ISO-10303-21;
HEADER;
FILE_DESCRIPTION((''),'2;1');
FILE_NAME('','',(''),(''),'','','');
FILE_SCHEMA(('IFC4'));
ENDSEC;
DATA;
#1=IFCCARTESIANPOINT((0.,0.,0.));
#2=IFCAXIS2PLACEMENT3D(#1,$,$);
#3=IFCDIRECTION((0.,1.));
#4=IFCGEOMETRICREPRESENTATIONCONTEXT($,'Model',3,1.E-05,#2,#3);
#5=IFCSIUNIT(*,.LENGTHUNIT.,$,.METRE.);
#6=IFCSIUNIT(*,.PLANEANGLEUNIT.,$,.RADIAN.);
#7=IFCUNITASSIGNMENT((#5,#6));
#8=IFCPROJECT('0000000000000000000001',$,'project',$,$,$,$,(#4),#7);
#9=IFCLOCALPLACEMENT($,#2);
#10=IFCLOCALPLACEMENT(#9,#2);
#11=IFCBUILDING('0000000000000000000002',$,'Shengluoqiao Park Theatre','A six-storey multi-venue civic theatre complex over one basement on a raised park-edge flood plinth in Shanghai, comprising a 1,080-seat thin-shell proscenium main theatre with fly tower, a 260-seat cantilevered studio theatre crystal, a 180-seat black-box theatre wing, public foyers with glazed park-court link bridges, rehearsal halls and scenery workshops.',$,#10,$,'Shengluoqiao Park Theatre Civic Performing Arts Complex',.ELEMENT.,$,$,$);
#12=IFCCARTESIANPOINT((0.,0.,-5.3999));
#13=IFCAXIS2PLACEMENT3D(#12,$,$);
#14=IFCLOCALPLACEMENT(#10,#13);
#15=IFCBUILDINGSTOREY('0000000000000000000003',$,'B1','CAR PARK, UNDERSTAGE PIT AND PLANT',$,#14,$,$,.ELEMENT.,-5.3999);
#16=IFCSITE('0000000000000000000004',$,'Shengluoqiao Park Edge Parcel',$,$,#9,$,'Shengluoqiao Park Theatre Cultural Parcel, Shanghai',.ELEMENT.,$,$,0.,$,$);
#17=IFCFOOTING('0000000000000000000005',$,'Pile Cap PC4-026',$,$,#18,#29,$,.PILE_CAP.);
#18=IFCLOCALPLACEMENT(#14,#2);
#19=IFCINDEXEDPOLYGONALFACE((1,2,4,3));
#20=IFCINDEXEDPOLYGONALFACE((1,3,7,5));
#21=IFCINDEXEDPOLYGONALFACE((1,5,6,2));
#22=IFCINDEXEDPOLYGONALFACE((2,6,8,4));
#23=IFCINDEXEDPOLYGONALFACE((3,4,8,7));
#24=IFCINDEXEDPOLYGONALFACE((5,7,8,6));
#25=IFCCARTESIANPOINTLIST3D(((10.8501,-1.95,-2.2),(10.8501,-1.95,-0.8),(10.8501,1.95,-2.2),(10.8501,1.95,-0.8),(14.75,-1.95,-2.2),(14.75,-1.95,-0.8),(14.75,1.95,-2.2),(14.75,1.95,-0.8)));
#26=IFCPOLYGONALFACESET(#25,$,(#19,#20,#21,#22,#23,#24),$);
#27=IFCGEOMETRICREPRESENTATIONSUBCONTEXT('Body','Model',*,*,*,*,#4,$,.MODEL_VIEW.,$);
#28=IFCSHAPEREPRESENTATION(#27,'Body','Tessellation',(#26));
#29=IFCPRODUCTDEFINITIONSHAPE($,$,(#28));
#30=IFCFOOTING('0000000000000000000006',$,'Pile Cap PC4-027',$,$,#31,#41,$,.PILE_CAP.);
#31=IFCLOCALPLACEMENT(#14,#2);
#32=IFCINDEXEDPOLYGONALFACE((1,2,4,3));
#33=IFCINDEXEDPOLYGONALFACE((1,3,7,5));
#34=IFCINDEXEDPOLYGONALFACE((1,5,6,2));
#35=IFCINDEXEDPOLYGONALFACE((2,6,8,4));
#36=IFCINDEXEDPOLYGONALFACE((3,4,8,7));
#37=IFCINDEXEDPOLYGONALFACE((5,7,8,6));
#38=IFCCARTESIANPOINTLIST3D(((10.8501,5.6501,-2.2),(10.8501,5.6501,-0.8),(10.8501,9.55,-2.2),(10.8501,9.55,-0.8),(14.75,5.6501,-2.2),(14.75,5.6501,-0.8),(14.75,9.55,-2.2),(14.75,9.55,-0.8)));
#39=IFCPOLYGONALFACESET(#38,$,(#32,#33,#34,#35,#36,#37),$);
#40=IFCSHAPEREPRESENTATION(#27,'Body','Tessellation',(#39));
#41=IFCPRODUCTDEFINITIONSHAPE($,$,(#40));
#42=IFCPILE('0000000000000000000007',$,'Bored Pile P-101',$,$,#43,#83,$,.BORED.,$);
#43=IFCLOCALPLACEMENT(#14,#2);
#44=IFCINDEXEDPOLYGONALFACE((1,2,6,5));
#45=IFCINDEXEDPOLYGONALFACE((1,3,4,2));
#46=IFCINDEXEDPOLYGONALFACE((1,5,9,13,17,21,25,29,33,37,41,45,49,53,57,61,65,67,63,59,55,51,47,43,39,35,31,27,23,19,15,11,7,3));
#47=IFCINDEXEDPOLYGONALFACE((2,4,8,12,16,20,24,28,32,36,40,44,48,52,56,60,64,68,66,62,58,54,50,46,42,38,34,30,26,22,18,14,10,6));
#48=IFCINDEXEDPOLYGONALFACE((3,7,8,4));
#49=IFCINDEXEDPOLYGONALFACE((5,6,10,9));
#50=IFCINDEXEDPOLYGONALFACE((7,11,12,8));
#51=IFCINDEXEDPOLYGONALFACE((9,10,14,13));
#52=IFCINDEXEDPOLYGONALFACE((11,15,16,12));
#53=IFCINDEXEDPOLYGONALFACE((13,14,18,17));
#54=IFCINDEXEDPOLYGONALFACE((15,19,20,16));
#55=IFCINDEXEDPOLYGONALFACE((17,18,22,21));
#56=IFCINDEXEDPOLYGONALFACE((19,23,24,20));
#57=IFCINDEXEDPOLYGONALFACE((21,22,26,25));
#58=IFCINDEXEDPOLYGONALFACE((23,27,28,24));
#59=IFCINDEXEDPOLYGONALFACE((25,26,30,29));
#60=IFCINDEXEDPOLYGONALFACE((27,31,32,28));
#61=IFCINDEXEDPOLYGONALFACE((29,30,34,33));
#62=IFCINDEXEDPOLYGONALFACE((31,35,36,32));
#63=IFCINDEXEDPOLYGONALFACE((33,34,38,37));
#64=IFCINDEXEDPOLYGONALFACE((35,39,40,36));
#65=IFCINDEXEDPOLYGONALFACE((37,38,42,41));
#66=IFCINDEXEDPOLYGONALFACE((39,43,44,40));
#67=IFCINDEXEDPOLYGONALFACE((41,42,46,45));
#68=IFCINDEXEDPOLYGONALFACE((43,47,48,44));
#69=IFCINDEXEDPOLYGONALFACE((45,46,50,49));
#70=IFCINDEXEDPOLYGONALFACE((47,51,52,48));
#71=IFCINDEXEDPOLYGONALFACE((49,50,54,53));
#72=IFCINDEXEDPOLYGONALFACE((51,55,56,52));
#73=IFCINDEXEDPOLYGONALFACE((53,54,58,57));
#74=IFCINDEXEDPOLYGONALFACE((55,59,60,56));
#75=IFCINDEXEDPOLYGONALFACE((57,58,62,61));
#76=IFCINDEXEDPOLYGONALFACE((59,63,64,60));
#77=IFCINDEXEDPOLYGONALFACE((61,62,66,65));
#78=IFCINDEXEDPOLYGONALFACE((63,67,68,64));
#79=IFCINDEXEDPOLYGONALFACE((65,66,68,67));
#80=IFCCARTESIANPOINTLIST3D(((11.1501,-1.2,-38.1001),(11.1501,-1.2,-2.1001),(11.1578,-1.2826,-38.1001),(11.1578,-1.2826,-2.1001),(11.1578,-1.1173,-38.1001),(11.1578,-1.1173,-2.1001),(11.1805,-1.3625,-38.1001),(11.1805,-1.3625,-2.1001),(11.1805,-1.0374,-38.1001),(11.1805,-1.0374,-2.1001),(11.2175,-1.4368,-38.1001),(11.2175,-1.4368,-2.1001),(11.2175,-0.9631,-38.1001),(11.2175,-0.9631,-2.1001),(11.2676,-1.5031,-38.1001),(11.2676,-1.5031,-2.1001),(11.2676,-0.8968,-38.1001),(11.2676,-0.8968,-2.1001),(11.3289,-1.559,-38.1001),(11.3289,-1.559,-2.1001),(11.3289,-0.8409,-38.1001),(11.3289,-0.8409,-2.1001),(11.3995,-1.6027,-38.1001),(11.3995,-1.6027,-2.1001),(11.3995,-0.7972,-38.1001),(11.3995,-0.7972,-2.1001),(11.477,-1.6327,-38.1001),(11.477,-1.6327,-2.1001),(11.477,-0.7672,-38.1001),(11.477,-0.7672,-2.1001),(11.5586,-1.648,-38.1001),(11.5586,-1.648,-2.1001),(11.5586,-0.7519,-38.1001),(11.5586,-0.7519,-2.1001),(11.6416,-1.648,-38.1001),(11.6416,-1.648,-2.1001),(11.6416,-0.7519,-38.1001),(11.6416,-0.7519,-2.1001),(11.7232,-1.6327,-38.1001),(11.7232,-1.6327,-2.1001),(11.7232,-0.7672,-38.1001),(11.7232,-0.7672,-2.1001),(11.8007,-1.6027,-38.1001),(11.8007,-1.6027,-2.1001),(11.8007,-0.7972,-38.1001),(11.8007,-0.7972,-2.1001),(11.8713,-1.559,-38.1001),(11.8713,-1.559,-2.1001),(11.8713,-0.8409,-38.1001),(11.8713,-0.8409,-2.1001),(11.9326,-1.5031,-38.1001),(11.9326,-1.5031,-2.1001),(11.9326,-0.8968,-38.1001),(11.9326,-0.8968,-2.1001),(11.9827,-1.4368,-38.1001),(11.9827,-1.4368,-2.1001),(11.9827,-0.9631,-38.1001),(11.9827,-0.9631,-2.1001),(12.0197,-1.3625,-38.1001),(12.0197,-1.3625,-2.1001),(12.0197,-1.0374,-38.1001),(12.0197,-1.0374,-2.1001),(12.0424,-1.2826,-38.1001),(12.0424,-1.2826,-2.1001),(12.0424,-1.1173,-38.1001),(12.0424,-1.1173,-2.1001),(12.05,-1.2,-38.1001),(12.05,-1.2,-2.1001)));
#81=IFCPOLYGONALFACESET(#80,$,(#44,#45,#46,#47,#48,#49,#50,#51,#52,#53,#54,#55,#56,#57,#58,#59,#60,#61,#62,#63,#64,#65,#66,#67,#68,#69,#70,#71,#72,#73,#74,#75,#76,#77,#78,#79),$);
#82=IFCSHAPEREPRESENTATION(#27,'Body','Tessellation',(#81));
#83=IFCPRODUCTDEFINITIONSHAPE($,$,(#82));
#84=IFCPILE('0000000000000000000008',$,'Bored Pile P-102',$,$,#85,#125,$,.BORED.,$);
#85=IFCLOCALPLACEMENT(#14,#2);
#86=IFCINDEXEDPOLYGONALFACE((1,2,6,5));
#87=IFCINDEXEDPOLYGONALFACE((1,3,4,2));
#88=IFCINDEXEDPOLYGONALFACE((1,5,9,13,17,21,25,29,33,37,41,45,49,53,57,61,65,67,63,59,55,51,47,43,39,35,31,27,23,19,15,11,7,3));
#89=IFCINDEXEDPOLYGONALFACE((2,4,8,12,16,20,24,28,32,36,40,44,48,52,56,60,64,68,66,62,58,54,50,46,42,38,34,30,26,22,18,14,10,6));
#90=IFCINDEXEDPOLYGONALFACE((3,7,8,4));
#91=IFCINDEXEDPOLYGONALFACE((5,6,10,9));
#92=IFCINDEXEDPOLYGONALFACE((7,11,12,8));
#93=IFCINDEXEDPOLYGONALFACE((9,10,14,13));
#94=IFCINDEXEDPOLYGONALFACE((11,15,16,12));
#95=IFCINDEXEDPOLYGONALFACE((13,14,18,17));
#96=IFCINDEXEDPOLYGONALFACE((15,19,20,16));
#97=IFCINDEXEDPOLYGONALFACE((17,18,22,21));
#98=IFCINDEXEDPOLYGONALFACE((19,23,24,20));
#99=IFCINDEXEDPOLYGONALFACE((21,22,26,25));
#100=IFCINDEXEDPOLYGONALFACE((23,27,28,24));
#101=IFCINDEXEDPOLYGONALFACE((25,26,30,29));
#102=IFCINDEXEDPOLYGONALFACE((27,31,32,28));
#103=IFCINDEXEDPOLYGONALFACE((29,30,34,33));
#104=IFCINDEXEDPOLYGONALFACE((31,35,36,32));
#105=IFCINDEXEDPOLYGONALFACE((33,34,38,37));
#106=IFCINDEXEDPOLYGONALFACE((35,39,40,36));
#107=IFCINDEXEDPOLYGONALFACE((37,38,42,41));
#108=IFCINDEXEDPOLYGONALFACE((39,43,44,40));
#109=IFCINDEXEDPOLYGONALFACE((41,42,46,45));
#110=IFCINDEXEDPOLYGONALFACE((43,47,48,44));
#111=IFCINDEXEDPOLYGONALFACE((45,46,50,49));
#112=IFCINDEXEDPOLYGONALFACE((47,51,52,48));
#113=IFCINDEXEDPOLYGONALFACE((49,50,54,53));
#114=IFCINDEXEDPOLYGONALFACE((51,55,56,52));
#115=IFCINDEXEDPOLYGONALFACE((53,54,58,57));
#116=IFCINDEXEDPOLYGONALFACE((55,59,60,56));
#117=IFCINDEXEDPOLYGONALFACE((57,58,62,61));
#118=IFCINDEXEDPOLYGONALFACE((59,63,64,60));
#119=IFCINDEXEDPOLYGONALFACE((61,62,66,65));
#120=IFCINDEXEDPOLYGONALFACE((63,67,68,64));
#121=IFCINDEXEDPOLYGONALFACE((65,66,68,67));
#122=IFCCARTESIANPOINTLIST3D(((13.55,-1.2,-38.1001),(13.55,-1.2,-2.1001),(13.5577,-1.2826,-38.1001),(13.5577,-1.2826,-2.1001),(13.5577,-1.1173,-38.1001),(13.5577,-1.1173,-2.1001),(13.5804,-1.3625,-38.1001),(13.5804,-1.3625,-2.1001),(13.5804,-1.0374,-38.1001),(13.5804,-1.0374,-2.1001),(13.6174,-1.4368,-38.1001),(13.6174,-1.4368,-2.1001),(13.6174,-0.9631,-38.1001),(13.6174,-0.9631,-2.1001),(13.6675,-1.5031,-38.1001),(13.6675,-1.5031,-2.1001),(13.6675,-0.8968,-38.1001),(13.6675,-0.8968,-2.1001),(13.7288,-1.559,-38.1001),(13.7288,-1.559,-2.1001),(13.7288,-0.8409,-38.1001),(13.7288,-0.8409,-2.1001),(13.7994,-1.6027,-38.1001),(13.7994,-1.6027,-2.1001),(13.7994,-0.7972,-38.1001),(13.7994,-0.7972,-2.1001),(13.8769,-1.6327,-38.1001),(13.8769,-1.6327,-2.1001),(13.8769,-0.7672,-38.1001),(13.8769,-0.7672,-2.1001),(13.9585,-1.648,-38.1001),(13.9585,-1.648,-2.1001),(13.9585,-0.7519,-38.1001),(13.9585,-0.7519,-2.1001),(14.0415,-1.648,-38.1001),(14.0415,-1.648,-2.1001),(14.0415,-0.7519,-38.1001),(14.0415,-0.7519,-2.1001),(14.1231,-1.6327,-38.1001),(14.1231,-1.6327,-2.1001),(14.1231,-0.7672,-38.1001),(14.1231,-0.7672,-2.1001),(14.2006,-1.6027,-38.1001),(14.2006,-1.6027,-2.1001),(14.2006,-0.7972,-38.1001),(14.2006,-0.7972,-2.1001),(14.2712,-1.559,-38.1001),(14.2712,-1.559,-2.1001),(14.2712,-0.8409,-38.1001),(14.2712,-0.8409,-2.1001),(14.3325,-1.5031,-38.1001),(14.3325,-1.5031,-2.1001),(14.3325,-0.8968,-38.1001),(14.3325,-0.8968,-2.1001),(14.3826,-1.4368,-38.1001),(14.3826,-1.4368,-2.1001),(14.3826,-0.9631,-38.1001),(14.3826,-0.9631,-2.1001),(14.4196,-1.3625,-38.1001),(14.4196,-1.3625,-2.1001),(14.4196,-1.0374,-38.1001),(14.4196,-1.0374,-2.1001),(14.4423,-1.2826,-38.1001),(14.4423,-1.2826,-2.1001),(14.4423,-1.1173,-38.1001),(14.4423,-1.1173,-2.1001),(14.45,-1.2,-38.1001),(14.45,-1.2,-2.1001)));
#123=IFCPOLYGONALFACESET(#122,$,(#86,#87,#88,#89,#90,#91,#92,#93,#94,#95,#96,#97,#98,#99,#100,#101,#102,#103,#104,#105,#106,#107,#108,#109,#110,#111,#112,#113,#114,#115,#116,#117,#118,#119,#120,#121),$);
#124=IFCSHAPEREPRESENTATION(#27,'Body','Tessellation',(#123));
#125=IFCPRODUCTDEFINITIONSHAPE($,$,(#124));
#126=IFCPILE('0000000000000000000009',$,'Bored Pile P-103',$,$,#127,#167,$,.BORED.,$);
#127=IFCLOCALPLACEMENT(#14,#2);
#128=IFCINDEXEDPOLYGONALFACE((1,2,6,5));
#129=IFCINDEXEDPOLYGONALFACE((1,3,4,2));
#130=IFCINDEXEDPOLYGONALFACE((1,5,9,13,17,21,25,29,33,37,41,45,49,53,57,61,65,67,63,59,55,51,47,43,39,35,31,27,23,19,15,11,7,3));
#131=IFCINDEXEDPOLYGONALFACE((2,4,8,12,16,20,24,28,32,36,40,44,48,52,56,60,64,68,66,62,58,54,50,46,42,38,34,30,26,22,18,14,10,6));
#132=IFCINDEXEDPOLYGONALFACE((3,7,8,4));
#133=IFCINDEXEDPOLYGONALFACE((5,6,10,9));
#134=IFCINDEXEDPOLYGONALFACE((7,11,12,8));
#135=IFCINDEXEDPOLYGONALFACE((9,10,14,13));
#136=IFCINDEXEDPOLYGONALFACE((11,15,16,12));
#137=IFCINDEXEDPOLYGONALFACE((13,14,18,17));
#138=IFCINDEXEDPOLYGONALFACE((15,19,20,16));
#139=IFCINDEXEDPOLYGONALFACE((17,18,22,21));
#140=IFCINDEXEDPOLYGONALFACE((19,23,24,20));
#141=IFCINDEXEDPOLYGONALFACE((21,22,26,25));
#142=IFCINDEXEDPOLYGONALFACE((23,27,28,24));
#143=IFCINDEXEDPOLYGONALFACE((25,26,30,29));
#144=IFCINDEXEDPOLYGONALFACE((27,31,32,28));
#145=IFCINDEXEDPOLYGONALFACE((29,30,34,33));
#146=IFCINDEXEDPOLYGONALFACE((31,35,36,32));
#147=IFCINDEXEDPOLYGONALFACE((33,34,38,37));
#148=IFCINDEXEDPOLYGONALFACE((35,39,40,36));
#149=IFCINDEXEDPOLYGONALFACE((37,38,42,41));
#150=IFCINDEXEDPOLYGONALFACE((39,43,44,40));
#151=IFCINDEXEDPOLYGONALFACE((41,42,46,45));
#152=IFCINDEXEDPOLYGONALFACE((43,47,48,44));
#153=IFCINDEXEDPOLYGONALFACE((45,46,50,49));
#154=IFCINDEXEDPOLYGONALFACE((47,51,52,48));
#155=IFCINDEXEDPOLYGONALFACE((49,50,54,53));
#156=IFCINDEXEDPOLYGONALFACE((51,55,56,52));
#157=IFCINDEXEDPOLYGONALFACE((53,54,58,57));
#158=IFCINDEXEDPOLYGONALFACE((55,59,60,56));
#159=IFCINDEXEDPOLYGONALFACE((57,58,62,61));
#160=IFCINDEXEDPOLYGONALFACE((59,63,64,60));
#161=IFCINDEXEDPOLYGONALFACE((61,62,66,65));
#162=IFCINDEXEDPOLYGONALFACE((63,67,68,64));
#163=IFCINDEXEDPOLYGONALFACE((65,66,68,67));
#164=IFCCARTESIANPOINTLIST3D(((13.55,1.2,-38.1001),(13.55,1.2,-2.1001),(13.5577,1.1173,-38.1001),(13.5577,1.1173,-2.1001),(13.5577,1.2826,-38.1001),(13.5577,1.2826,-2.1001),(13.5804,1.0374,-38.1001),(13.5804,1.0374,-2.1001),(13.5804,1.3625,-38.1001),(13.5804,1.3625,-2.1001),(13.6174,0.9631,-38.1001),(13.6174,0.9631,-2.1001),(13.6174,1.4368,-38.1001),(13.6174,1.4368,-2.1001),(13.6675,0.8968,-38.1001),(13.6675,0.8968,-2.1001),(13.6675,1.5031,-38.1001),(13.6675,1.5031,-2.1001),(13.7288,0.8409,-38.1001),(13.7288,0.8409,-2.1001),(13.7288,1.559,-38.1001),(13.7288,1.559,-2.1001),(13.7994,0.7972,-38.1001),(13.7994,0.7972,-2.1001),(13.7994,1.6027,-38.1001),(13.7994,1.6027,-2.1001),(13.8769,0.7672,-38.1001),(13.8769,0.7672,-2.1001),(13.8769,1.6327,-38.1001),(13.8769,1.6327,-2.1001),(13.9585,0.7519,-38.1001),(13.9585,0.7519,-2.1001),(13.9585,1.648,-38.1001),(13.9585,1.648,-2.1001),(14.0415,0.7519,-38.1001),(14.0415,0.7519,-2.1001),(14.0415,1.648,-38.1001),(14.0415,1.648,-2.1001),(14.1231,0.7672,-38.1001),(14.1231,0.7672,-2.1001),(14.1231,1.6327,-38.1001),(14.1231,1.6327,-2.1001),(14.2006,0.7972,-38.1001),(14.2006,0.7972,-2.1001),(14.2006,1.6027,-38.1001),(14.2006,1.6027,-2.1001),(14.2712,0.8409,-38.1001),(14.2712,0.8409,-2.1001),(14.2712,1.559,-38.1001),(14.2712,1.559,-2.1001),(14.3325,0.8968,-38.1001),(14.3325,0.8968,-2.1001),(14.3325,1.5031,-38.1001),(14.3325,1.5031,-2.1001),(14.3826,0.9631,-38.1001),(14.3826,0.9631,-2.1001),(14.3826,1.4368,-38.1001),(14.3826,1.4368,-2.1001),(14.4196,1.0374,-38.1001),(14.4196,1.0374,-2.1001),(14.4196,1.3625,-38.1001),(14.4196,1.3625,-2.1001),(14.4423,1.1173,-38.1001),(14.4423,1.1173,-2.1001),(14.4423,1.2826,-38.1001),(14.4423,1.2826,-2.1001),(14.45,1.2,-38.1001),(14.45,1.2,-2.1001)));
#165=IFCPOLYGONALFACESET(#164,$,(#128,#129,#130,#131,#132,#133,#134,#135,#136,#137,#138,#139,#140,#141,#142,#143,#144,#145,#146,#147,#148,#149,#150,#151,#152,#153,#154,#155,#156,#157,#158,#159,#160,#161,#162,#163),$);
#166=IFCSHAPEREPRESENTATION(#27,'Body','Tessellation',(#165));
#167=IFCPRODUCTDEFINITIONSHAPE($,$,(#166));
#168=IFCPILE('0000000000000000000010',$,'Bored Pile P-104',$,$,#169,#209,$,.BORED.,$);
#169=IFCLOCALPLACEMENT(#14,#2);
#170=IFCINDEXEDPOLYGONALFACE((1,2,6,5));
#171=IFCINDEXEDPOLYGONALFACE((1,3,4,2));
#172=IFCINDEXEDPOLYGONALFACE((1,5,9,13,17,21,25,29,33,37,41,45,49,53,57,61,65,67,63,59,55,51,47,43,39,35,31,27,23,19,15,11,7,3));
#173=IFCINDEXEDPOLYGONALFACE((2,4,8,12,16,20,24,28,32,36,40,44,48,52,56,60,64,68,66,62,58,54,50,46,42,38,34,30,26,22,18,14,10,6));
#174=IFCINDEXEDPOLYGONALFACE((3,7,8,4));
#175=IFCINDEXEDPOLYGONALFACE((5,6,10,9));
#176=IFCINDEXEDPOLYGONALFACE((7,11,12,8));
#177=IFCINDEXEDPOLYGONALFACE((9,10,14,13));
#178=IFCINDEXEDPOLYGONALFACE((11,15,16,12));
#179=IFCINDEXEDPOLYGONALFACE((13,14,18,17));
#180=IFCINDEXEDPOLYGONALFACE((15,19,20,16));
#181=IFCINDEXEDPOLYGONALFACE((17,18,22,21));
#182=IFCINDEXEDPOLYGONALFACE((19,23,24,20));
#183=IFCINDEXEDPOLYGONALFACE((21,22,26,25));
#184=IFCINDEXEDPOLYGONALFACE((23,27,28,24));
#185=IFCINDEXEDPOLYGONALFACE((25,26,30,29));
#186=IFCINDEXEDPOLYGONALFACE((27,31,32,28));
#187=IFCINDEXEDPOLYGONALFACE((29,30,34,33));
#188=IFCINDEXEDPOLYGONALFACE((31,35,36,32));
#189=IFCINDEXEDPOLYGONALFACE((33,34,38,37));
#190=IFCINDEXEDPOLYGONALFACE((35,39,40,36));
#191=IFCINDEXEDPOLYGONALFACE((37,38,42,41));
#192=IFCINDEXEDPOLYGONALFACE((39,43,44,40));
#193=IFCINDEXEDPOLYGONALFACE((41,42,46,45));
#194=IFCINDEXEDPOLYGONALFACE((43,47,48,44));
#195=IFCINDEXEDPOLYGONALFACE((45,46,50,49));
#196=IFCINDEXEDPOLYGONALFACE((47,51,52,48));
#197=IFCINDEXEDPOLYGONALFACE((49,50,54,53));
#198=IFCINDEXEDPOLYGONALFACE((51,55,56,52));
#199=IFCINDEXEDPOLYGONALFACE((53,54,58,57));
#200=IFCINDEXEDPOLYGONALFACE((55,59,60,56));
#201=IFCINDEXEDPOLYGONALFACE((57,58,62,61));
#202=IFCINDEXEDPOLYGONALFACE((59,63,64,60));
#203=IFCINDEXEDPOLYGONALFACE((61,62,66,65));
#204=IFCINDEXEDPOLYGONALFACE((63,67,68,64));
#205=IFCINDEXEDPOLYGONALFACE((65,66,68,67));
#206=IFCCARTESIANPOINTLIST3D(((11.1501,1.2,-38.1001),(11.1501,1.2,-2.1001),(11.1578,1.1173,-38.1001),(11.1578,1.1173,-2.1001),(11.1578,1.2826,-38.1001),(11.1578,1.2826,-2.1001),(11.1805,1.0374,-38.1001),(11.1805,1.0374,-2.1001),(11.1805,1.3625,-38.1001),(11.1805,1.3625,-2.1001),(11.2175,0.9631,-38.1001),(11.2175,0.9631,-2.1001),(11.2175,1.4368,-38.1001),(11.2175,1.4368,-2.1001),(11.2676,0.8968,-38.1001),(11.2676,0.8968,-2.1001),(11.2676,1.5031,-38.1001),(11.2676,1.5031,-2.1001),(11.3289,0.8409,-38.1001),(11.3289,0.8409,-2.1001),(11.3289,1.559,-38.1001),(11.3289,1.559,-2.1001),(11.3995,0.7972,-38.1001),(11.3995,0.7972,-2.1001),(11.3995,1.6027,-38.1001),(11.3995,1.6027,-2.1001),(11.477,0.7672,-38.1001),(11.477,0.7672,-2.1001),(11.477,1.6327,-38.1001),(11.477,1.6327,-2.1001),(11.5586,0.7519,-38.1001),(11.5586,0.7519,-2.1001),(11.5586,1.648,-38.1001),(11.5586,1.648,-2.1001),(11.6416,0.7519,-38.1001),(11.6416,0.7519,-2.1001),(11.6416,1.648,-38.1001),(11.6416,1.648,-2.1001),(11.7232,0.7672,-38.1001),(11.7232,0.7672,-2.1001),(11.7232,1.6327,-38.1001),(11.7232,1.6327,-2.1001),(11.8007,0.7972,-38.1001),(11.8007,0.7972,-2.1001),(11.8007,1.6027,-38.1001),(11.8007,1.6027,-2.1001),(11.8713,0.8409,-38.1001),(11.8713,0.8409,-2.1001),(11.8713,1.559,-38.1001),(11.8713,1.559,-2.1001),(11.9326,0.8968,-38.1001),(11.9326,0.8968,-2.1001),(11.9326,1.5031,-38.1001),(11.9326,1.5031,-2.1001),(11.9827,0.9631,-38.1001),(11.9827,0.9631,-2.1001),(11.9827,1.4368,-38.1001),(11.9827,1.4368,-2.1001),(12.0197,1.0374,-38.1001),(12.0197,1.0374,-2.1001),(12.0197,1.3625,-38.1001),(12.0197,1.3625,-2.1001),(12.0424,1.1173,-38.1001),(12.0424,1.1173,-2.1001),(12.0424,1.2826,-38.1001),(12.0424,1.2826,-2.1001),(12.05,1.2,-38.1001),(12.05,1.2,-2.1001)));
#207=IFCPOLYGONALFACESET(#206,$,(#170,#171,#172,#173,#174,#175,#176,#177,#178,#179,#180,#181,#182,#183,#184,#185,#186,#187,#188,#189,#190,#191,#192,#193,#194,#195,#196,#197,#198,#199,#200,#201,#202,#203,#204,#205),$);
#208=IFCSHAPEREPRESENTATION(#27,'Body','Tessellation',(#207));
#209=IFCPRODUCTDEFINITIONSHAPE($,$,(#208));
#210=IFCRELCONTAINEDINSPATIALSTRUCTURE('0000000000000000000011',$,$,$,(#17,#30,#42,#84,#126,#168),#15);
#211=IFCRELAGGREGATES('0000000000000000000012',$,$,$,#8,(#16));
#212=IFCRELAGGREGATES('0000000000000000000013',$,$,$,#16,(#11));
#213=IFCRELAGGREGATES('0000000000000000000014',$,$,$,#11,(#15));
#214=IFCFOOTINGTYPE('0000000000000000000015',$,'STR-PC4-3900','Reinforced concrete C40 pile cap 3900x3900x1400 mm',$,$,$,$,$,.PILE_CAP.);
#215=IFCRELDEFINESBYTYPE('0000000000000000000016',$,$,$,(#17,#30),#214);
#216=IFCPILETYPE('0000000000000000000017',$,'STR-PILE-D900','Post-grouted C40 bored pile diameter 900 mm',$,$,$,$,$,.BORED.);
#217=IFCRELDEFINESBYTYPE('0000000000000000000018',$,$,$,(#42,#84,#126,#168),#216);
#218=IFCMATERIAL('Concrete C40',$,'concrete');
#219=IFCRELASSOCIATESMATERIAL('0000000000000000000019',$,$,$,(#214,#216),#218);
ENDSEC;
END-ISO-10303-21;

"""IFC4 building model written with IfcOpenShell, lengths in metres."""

from ifc_helpers import new_model, si_unit, direction, frame, origin, origin_2d, place, context, subcontext, project, spatial, rectangle, circle, extrude, material, material_profile, profile_set, type_object, element, save


model = new_model("IFC4")

# Units and contexts
model_context = context("Model", 3, precision=1e-05, world=origin(), true_north=direction((0.0, 1.0)))
body_context = subcontext(model_context, "Body", "Model", "MODEL_VIEW")
ifc_project = project(units=[si_unit("LENGTHUNIT", "METRE"), si_unit("PLANEANGLEUNIT", "RADIAN")], contexts=[model_context])

# Site, building, storey
site_placement = place(None, origin())
site = spatial("IfcSite", under=ifc_project, at=site_placement, Name="Shengluoqiao Park Edge Parcel", LongName="Shengluoqiao Park Theatre Cultural Parcel, Shanghai", CompositionType="ELEMENT", RefElevation=0.0)
building_placement = place(site_placement, origin())
building = spatial("IfcBuilding", under=site, at=building_placement, Name="Shengluoqiao Park Theatre", Description="A six-storey multi-venue civic theatre complex over one basement on a raised park-edge flood plinth in Shanghai, comprising a 1,080-seat thin-shell proscenium main theatre with fly tower, a 260-seat cantilevered studio theatre crystal, a 180-seat black-box theatre wing, public foyers with glazed park-court link bridges, rehearsal halls and scenery workshops.", LongName="Shengluoqiao Park Theatre Civic Performing Arts Complex", CompositionType="ELEMENT")
storey_placement = place(building_placement, frame((0.0, 0.0, -5.3999)))
storey = spatial("IfcBuildingStorey", under=building, at=storey_placement, Name="B1", Description="CAR PARK, UNDERSTAGE PIT AND PLANT", CompositionType="ELEMENT", Elevation=-5.3999)

# Footings
ifc_material_1 = material(Name="Concrete C40", Category="concrete")
footing_type = type_object("IfcFootingType", Name="STR-PC4-3900", Description="Reinforced concrete C40 pile cap 3900x3900x1400 mm", PredefinedType="PILE_CAP", material=ifc_material_1)
for number, where, z_axis, x_axis, name in (
    (1, (12.8, 0.0, -2.2), (0.0, 0.0, 1.0), (1.0, 0.0, 0.0), "Pile Cap PC4-026"),
    (2, (12.8, 7.6001, -2.2), (0.0, 0.0, 1.0), (1.0, 0.0, 0.0), "Pile Cap PC4-027"),
):
    element("IfcFooting", number, at=place(storey_placement, frame(where, z_axis=z_axis, x_axis=x_axis)), inside=storey, type_object=footing_type, Name=name, PredefinedType="PILE_CAP", context=body_context, shape_type="SweptSolid", body=[
        extrude(rectangle(XDim=3.8999, YDim=3.8999, at=origin_2d()), origin(), (0.0, 0.0, 1.0), 1.3999),
    ])

# Piles
ifc_material_profile_1 = material_profile(ifc_material_1, circle(Radius=0.45, at=origin_2d()), Name="BORED PILE D900")
ifc_profile_set_1 = profile_set([ifc_material_profile_1], Name="Concrete C40")
pile_type = type_object("IfcPileType", Name="STR-PILE-D900", Description="Post-grouted C40 bored pile diameter 900 mm", PredefinedType="BORED", material=ifc_profile_set_1)
for number, where, z_axis, x_axis, name in (
    (3, (11.6001, -1.2, -2.1001), (0.0, 0.0, -1.0), (1.0, 0.0, 0.0), "Bored Pile P-101"),
    (4, (14.0, -1.2, -2.1001), (0.0, 0.0, -1.0), (1.0, 0.0, 0.0), "Bored Pile P-102"),
    (5, (14.0, 1.2, -2.1001), (0.0, 0.0, -1.0), (1.0, 0.0, 0.0), "Bored Pile P-103"),
    (6, (11.6001, 1.2, -2.1001), (0.0, 0.0, -1.0), (1.0, 0.0, 0.0), "Bored Pile P-104"),
):
    element("IfcPile", number, at=place(storey_placement, frame(where, z_axis=z_axis, x_axis=x_axis)), inside=storey, type_object=pile_type, Name=name, PredefinedType="BORED", context=body_context, shape_type="SweptSolid", body=[
        extrude(circle(Radius=0.45, at=origin_2d()), origin(), (0.0, 0.0, 1.0), 36.0),
    ])

save(model, "model.ifc")
